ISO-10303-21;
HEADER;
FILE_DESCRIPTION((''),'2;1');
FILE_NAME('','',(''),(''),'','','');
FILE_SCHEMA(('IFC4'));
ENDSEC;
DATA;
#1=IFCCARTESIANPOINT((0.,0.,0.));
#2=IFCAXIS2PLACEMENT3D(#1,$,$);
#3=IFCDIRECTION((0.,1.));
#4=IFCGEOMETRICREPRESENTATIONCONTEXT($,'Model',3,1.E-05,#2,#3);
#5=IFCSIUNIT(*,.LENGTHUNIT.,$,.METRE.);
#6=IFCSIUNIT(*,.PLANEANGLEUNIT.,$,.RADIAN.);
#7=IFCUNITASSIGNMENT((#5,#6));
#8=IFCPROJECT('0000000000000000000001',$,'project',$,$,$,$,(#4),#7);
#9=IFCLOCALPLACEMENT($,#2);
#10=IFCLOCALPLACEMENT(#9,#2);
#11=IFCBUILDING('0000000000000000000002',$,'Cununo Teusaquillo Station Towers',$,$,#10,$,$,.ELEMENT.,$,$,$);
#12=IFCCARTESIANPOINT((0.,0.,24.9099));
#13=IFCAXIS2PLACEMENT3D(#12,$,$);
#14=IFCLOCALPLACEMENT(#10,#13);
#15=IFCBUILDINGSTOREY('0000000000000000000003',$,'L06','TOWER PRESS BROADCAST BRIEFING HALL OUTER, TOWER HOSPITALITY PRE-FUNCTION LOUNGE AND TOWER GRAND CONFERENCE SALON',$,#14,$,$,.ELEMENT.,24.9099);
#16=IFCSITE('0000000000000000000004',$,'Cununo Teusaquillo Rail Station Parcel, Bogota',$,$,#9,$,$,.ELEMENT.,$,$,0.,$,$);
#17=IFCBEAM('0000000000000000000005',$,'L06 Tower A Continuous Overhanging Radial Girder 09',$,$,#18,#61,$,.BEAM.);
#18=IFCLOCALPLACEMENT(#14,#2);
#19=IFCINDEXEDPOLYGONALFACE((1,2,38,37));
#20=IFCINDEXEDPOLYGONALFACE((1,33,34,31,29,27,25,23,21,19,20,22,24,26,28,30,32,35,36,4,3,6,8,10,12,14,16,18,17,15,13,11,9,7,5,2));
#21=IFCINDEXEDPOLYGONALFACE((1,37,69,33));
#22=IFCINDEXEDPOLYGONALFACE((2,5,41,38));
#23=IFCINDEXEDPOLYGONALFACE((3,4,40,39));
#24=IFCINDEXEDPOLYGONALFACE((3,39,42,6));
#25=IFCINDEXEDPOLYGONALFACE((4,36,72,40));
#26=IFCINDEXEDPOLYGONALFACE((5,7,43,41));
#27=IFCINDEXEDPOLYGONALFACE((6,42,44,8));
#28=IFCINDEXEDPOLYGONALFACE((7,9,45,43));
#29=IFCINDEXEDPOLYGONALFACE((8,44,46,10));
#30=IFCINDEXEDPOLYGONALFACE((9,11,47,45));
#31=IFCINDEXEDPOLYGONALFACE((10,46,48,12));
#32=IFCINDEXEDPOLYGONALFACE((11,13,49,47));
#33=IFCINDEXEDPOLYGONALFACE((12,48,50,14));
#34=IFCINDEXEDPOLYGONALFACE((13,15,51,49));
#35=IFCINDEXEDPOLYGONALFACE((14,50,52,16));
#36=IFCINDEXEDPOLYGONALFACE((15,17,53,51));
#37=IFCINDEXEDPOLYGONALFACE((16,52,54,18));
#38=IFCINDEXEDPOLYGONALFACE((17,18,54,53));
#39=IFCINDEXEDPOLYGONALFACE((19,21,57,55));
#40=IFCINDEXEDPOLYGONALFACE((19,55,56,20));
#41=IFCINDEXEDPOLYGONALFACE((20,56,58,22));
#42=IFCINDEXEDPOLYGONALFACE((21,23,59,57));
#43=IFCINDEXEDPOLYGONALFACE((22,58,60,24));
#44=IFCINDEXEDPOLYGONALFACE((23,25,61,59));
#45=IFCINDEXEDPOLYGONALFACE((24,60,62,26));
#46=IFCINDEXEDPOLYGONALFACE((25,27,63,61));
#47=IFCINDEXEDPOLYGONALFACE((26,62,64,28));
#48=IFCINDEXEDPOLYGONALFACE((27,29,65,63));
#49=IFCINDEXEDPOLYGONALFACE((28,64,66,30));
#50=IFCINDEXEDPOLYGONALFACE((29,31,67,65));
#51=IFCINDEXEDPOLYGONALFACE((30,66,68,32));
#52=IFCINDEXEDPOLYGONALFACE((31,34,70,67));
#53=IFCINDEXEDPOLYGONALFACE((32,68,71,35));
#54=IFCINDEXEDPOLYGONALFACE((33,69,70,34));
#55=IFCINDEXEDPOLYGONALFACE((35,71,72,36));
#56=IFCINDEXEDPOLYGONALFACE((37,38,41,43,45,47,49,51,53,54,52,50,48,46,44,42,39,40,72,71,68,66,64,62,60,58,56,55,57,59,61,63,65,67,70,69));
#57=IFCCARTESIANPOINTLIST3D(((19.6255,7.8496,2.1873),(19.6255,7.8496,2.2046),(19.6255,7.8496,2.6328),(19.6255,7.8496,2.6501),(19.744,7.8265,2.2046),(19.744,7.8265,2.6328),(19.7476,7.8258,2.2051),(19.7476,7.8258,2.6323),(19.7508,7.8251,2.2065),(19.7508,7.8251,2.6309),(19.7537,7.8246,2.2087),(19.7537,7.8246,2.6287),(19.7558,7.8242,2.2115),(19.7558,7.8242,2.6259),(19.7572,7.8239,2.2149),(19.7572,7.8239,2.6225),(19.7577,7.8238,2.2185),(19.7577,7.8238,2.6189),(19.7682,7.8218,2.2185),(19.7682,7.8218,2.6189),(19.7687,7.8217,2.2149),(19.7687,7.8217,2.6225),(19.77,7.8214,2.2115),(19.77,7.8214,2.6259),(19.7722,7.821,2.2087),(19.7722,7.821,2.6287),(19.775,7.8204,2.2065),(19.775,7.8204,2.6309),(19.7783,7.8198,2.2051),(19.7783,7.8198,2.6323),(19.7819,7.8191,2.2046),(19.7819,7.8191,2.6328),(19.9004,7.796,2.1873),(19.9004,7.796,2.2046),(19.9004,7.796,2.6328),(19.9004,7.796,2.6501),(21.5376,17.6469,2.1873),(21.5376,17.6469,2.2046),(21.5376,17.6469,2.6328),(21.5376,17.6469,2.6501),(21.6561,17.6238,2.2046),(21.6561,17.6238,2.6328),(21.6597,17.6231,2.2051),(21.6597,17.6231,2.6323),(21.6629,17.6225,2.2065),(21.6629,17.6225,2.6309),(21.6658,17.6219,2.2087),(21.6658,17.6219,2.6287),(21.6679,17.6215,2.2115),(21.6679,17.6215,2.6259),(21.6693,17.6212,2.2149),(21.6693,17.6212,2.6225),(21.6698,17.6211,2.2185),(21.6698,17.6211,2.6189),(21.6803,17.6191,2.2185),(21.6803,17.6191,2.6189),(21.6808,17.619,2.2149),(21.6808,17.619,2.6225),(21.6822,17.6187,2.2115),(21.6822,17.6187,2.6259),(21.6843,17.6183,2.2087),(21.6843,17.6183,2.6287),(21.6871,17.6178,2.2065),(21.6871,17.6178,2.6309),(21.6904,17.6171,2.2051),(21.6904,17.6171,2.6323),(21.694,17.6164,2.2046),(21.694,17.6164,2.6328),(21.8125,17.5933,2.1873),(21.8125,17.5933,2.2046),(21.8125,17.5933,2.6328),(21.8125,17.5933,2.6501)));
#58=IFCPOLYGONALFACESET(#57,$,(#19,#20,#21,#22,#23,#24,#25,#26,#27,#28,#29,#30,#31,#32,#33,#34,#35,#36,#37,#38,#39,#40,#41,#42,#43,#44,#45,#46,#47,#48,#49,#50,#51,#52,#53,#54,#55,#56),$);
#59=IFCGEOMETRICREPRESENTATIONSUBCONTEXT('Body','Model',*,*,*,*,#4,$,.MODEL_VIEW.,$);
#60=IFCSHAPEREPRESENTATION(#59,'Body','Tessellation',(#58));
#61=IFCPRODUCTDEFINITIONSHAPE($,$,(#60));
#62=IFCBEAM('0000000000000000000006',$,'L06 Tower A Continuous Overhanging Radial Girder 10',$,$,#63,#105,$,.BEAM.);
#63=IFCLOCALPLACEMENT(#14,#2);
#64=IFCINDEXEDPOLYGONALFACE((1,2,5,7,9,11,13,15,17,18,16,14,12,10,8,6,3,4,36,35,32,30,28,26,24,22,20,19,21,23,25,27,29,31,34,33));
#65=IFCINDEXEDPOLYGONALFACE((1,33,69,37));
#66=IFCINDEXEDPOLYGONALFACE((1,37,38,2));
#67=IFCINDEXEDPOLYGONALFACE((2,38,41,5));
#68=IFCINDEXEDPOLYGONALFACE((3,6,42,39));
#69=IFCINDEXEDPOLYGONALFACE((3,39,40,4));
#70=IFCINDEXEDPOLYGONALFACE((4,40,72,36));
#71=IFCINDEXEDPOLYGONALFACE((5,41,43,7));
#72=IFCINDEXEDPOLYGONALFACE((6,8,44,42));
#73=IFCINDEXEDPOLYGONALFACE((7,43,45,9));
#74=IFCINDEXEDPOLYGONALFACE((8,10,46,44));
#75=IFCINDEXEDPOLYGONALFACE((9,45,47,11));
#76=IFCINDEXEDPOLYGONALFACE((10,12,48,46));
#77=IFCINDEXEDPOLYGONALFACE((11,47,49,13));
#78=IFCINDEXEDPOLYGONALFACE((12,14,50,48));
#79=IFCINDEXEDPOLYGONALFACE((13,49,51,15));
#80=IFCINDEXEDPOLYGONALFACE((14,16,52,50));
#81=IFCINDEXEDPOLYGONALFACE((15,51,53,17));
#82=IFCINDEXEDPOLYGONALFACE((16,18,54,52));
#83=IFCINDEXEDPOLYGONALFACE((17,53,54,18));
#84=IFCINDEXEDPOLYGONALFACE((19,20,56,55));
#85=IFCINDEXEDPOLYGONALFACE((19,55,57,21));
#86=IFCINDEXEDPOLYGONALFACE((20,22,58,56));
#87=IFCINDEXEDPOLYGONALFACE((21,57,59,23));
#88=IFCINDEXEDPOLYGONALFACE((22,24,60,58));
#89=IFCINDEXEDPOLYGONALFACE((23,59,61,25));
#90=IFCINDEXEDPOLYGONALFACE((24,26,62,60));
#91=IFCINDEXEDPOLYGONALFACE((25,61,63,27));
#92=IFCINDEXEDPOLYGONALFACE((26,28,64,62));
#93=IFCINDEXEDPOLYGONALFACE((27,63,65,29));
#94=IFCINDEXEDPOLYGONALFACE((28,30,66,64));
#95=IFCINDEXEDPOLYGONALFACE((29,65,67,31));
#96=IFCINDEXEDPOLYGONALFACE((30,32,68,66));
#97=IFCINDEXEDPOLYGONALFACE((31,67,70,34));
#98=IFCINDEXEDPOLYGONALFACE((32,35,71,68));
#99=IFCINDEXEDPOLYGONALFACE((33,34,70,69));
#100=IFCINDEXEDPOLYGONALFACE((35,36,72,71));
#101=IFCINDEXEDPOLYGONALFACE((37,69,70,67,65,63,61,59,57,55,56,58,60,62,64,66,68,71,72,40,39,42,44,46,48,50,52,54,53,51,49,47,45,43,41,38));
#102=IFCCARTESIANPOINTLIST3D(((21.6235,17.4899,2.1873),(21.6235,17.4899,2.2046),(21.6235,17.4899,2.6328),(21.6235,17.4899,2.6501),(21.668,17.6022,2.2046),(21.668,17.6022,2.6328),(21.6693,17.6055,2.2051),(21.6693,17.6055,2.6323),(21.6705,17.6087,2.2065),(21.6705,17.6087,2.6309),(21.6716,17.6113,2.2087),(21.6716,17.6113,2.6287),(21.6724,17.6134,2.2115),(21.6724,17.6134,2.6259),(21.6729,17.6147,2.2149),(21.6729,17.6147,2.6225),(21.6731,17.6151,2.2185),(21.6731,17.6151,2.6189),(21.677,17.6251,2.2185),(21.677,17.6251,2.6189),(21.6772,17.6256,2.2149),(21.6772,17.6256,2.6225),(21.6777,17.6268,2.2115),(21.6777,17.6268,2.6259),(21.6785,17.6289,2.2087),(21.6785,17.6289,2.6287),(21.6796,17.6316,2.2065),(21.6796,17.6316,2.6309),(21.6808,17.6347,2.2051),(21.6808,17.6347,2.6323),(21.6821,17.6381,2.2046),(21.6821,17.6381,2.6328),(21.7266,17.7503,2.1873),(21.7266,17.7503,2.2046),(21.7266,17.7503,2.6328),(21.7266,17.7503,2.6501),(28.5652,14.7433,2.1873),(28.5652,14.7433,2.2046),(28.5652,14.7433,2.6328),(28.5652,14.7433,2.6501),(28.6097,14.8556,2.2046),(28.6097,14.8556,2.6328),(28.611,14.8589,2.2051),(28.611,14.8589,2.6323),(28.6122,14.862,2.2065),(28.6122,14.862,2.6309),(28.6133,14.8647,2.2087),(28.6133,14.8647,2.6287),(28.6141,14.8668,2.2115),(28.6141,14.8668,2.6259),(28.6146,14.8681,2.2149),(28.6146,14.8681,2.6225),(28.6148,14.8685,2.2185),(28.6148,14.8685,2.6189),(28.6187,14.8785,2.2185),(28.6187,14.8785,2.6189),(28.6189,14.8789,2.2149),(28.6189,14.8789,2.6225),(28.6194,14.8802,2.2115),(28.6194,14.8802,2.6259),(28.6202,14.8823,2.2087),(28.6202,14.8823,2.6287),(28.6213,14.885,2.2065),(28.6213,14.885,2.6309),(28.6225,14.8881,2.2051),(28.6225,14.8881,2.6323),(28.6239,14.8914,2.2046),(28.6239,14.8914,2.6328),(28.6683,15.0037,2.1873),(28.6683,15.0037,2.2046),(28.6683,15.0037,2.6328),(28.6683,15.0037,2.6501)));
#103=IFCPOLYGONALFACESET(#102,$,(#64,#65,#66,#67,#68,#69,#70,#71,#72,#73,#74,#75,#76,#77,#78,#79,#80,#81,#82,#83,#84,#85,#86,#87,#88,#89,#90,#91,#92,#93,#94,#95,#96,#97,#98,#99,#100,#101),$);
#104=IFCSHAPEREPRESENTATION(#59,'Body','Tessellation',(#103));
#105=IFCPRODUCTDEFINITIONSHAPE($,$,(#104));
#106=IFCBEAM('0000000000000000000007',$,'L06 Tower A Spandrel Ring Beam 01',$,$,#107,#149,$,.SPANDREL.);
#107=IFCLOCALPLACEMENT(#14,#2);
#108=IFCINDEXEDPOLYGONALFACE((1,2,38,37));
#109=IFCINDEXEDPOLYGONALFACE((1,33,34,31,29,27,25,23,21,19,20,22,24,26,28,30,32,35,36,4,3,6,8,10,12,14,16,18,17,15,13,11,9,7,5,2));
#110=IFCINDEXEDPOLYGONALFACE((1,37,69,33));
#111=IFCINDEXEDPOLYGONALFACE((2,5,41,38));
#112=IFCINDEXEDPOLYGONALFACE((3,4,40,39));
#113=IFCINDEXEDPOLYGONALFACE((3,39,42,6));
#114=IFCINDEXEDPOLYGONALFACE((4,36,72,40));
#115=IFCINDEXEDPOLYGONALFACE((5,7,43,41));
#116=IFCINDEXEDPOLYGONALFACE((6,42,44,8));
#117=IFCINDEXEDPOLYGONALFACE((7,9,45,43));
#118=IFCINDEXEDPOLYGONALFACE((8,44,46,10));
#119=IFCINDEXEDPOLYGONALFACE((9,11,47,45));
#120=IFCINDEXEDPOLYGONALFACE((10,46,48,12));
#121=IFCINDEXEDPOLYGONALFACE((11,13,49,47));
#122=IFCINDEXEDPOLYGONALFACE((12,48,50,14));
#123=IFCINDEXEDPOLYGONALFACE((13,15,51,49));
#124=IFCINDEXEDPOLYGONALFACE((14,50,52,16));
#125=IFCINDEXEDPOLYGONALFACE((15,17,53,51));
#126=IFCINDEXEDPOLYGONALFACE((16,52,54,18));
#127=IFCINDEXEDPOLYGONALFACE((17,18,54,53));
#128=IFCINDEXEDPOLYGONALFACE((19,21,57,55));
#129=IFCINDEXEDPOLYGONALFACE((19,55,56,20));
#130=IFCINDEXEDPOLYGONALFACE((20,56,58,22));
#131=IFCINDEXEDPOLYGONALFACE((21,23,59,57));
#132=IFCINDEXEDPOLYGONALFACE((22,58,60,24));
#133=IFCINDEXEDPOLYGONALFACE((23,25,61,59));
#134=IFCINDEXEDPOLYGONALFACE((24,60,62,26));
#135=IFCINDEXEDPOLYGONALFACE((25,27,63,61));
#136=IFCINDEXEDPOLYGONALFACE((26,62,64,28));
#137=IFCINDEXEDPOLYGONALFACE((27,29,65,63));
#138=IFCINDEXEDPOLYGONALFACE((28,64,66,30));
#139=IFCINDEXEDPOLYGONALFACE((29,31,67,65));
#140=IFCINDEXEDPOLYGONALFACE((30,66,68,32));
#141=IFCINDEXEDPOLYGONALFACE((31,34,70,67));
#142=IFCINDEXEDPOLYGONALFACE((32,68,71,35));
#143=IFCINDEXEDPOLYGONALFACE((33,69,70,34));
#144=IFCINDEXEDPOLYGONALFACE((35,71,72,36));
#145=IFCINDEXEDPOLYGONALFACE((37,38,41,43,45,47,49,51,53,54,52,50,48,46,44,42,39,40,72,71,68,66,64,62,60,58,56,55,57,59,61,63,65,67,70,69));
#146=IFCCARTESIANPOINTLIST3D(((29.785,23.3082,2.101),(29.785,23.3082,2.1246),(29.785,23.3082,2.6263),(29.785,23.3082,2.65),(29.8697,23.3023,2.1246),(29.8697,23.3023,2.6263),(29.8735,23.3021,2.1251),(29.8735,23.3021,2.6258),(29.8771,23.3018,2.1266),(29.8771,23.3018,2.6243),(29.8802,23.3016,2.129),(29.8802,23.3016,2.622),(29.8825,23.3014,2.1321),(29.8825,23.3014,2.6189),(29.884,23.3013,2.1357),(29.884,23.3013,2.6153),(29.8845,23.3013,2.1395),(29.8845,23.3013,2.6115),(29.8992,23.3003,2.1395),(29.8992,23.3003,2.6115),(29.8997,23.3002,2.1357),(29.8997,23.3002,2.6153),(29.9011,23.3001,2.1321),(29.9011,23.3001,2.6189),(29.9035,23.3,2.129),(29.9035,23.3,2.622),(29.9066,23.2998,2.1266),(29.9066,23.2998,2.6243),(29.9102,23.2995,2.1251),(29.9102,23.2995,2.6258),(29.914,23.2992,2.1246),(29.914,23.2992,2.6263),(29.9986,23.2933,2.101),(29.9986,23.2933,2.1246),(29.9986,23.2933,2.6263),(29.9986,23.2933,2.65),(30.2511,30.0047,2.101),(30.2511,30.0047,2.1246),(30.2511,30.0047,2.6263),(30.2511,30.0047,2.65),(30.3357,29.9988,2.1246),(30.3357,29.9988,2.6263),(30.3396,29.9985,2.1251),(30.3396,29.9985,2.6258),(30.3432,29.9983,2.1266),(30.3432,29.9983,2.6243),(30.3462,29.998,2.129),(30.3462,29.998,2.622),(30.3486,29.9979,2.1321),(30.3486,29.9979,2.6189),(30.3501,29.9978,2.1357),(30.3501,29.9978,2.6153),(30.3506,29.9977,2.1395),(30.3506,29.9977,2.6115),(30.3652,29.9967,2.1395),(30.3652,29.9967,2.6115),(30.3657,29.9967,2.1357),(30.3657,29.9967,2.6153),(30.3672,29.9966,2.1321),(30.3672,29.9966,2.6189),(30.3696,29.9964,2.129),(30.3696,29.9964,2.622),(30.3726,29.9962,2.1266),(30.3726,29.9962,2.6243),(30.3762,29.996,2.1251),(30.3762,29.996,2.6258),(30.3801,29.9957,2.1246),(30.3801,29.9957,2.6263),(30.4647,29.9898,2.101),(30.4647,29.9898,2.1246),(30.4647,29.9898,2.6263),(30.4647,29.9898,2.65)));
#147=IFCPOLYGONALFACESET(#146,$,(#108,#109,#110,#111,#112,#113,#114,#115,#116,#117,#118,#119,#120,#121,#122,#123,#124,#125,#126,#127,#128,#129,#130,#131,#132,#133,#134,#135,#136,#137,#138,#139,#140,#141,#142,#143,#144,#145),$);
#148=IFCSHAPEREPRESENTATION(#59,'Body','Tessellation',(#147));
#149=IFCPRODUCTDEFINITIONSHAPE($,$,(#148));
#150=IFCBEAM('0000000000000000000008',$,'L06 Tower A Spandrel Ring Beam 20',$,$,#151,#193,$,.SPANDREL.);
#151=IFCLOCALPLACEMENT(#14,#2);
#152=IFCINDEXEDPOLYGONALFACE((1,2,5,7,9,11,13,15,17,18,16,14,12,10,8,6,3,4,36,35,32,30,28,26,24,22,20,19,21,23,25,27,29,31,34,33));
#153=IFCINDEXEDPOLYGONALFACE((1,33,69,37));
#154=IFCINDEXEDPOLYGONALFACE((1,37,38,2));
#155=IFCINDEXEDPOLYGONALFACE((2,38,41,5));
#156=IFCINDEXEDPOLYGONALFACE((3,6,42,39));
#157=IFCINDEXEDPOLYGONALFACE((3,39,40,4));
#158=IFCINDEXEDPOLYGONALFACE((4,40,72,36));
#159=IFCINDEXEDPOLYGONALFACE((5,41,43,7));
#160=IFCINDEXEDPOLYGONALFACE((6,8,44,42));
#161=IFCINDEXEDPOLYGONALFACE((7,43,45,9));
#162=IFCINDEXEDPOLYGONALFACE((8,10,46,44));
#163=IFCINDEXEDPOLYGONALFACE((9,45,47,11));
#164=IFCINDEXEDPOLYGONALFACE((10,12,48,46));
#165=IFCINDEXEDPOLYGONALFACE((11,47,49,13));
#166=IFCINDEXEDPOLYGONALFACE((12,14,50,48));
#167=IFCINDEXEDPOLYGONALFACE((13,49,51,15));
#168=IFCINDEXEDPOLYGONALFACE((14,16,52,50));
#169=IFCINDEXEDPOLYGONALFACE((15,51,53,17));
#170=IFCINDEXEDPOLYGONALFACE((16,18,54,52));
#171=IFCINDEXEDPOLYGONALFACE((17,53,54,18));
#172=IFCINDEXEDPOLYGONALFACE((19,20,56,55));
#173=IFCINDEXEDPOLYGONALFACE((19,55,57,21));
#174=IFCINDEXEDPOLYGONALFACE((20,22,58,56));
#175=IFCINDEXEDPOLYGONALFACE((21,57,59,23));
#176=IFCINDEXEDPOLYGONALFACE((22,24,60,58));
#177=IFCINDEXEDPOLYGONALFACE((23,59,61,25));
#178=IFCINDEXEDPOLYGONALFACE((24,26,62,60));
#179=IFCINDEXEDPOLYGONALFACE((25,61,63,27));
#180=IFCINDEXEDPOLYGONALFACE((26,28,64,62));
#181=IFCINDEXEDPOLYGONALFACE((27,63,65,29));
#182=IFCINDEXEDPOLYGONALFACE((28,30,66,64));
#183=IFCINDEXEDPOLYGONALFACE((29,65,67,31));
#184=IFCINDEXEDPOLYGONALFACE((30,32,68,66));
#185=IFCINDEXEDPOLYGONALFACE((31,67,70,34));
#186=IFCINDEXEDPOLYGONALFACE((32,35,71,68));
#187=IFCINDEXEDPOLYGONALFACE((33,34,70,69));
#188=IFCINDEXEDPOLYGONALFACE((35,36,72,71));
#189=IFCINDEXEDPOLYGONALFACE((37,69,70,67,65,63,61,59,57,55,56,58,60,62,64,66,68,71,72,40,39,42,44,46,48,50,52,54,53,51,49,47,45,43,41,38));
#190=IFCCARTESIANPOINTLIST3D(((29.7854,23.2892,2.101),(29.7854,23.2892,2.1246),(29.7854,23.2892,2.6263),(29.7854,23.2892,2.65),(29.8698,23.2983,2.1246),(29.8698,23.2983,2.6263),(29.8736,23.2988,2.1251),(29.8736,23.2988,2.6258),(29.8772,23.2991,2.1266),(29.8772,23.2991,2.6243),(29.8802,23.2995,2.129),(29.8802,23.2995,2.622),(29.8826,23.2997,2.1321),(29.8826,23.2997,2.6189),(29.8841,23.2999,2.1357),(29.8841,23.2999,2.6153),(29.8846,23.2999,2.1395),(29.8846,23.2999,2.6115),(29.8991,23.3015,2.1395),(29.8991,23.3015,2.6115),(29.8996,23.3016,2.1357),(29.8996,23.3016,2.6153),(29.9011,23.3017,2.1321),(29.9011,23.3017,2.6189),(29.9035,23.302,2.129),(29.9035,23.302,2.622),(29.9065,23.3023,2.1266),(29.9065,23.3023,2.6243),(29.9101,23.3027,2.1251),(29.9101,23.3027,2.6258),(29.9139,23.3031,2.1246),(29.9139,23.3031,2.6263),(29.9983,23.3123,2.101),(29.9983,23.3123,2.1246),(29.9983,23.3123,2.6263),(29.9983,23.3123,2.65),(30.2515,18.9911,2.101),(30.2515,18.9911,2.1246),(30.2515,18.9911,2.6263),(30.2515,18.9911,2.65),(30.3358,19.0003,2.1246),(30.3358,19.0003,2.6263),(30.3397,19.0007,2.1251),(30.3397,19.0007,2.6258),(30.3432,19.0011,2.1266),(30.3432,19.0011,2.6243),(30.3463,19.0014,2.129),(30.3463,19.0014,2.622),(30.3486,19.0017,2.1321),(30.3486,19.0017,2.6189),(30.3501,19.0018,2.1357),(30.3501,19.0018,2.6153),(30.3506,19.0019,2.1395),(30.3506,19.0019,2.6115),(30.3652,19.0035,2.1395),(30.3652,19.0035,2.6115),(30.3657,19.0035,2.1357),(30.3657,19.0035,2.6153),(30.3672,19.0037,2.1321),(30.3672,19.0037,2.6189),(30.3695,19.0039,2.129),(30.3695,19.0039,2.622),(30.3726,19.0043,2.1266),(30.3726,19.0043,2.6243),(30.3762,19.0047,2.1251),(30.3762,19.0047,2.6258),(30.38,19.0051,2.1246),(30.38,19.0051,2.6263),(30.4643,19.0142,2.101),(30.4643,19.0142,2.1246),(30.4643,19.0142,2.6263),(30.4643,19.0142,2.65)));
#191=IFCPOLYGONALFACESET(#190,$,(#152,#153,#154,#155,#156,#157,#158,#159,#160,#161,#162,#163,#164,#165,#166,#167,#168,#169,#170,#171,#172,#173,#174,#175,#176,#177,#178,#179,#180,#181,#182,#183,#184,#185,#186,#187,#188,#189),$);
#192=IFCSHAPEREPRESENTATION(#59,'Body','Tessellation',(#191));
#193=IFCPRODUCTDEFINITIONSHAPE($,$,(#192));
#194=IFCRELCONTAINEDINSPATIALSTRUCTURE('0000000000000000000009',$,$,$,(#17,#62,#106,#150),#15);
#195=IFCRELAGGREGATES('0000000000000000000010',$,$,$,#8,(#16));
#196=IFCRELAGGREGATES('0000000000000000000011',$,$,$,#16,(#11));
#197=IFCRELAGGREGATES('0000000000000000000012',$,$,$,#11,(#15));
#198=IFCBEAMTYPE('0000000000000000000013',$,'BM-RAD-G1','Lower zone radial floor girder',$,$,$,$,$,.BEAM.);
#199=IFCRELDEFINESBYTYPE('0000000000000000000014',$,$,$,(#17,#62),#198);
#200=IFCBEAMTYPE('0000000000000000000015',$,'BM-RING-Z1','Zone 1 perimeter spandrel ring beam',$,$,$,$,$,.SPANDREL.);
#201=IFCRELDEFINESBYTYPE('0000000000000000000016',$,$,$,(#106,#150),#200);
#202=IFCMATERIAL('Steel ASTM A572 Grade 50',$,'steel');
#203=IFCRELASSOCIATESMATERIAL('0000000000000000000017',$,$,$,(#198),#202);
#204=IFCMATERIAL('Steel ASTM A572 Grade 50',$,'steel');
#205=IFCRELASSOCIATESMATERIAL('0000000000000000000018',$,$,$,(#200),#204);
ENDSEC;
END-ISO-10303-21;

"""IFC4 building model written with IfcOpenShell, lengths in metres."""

from ifc_helpers import new_model, si_unit, direction, frame, origin, origin_2d, place, context, subcontext, project, spatial, i_section, extrude, material, material_profile, profile_set, type_object, element, save


model = new_model("IFC4")

# Units and contexts
model_context = context("Model", 3, precision=1e-05, world=origin(), true_north=direction((0.0, 1.0)))
body_context = subcontext(model_context, "Body", "Model", "MODEL_VIEW")
ifc_project = project(units=[si_unit("LENGTHUNIT", "METRE"), si_unit("PLANEANGLEUNIT", "RADIAN")], contexts=[model_context])

# Site, building, storey
site_placement = place(None, origin())
site = spatial("IfcSite", under=ifc_project, at=site_placement, Name="Cununo Teusaquillo Rail Station Parcel, Bogota", CompositionType="ELEMENT", RefElevation=0.0)
building_placement = place(site_placement, origin())
building = spatial("IfcBuilding", under=site, at=building_placement, Name="Cununo Teusaquillo Station Towers", CompositionType="ELEMENT")
storey_placement = place(building_placement, frame((0.0, 0.0, 24.9099)))
storey = spatial("IfcBuildingStorey", under=building, at=storey_placement, Name="L06", Description="TOWER PRESS BROADCAST BRIEFING HALL OUTER, TOWER HOSPITALITY PRE-FUNCTION LOUNGE AND TOWER GRAND CONFERENCE SALON", CompositionType="ELEMENT", Elevation=24.9099)

# Beams
ifc_material_1 = material(Name="Steel ASTM A572 Grade 50", Category="steel")
ifc_material_profile_1 = material_profile(ifc_material_1, i_section(OverallWidth=0.28, OverallDepth=0.4629, WebThickness=0.0107, FlangeThickness=0.0173, FilletRadius=0.0139, at=origin_2d()), Name="W18X76")
ifc_profile_set_1 = profile_set([ifc_material_profile_1], Name="Steel ASTM A572 Grade 50")
beam_type_1 = type_object("IfcBeamType", Name="BM-RAD-G1", Description="Lower zone radial floor girder", PredefinedType="BEAM", material=ifc_profile_set_1)
beam_1_placement = place(storey_placement, frame((21.675, 17.6201, 2.4187), z_axis=(-0.191552, -0.981483, 0.0), x_axis=(0.981483, -0.191552, 0.0)))
element("IfcBeam", 1, at=beam_1_placement, inside=storey, type_object=beam_type_1, Name="L06 Tower A Continuous Overhanging Radial Girder 09", PredefinedType="BEAM", context=body_context, shape_type="SweptSolid", body=[
    extrude(i_section(OverallWidth=0.28, OverallDepth=0.4629, WebThickness=0.0107, FlangeThickness=0.0173, FilletRadius=0.0139, at=origin_2d()), origin(), (0.0, 0.0, 1.0), 9.9822),
])
beam_2_placement = place(storey_placement, frame((21.675, 17.6201, 2.4187), z_axis=(0.92986, -0.367915, 0.0), x_axis=(0.367915, 0.92986, 0.0)))
element("IfcBeam", 2, at=beam_2_placement, inside=storey, type_object=beam_type_1, Name="L06 Tower A Continuous Overhanging Radial Girder 10", PredefinedType="BEAM", context=body_context, shape_type="SweptSolid", body=[
    extrude(i_section(OverallWidth=0.28, OverallDepth=0.4629, WebThickness=0.0107, FlangeThickness=0.0173, FilletRadius=0.0139, at=origin_2d()), origin(), (0.0, 0.0, 1.0), 7.4653),
])
ifc_material_2 = material(Name="Steel ASTM A572 Grade 50", Category="steel")
ifc_material_profile_2 = material_profile(ifc_material_2, i_section(OverallWidth=0.2141, OverallDepth=0.5491, WebThickness=0.0146, FlangeThickness=0.0237, FilletRadius=0.0149, at=origin_2d()), Name="W21X93")
ifc_profile_set_2 = profile_set([ifc_material_profile_2], Name="Steel ASTM A572 Grade 50")
beam_type_2 = type_object("IfcBeamType", Name="BM-RING-Z1", Description="Zone 1 perimeter spandrel ring beam", PredefinedType="SPANDREL", material=ifc_profile_set_2)
beam_3_placement = place(storey_placement, frame((29.8918, 23.3008, 2.3755), z_axis=(0.06943, 0.997587, 0.0), x_axis=(-0.997587, 0.06943, 0.0)))
element("IfcBeam", 3, at=beam_3_placement, inside=storey, type_object=beam_type_2, Name="L06 Tower A Spandrel Ring Beam 01", PredefinedType="SPANDREL", context=body_context, shape_type="SweptSolid", body=[
    extrude(i_section(OverallWidth=0.2141, OverallDepth=0.5491, WebThickness=0.0146, FlangeThickness=0.0237, FilletRadius=0.0149, at=origin_2d()), origin(), (0.0, 0.0, 1.0), 6.7126),
])
beam_4_placement = place(storey_placement, frame((30.3579, 19.0027, 2.3755), z_axis=(-0.107803, 0.994172, 0.0), x_axis=(-0.994172, -0.107803, 0.0)))
element("IfcBeam", 4, at=beam_4_placement, inside=storey, type_object=beam_type_2, Name="L06 Tower A Spandrel Ring Beam 20", PredefinedType="SPANDREL", context=body_context, shape_type="SweptSolid", body=[
    extrude(i_section(OverallWidth=0.2141, OverallDepth=0.5491, WebThickness=0.0146, FlangeThickness=0.0237, FilletRadius=0.0149, at=origin_2d()), origin(), (0.0, 0.0, 1.0), 4.3232),
])

save(model, "model.ifc")
